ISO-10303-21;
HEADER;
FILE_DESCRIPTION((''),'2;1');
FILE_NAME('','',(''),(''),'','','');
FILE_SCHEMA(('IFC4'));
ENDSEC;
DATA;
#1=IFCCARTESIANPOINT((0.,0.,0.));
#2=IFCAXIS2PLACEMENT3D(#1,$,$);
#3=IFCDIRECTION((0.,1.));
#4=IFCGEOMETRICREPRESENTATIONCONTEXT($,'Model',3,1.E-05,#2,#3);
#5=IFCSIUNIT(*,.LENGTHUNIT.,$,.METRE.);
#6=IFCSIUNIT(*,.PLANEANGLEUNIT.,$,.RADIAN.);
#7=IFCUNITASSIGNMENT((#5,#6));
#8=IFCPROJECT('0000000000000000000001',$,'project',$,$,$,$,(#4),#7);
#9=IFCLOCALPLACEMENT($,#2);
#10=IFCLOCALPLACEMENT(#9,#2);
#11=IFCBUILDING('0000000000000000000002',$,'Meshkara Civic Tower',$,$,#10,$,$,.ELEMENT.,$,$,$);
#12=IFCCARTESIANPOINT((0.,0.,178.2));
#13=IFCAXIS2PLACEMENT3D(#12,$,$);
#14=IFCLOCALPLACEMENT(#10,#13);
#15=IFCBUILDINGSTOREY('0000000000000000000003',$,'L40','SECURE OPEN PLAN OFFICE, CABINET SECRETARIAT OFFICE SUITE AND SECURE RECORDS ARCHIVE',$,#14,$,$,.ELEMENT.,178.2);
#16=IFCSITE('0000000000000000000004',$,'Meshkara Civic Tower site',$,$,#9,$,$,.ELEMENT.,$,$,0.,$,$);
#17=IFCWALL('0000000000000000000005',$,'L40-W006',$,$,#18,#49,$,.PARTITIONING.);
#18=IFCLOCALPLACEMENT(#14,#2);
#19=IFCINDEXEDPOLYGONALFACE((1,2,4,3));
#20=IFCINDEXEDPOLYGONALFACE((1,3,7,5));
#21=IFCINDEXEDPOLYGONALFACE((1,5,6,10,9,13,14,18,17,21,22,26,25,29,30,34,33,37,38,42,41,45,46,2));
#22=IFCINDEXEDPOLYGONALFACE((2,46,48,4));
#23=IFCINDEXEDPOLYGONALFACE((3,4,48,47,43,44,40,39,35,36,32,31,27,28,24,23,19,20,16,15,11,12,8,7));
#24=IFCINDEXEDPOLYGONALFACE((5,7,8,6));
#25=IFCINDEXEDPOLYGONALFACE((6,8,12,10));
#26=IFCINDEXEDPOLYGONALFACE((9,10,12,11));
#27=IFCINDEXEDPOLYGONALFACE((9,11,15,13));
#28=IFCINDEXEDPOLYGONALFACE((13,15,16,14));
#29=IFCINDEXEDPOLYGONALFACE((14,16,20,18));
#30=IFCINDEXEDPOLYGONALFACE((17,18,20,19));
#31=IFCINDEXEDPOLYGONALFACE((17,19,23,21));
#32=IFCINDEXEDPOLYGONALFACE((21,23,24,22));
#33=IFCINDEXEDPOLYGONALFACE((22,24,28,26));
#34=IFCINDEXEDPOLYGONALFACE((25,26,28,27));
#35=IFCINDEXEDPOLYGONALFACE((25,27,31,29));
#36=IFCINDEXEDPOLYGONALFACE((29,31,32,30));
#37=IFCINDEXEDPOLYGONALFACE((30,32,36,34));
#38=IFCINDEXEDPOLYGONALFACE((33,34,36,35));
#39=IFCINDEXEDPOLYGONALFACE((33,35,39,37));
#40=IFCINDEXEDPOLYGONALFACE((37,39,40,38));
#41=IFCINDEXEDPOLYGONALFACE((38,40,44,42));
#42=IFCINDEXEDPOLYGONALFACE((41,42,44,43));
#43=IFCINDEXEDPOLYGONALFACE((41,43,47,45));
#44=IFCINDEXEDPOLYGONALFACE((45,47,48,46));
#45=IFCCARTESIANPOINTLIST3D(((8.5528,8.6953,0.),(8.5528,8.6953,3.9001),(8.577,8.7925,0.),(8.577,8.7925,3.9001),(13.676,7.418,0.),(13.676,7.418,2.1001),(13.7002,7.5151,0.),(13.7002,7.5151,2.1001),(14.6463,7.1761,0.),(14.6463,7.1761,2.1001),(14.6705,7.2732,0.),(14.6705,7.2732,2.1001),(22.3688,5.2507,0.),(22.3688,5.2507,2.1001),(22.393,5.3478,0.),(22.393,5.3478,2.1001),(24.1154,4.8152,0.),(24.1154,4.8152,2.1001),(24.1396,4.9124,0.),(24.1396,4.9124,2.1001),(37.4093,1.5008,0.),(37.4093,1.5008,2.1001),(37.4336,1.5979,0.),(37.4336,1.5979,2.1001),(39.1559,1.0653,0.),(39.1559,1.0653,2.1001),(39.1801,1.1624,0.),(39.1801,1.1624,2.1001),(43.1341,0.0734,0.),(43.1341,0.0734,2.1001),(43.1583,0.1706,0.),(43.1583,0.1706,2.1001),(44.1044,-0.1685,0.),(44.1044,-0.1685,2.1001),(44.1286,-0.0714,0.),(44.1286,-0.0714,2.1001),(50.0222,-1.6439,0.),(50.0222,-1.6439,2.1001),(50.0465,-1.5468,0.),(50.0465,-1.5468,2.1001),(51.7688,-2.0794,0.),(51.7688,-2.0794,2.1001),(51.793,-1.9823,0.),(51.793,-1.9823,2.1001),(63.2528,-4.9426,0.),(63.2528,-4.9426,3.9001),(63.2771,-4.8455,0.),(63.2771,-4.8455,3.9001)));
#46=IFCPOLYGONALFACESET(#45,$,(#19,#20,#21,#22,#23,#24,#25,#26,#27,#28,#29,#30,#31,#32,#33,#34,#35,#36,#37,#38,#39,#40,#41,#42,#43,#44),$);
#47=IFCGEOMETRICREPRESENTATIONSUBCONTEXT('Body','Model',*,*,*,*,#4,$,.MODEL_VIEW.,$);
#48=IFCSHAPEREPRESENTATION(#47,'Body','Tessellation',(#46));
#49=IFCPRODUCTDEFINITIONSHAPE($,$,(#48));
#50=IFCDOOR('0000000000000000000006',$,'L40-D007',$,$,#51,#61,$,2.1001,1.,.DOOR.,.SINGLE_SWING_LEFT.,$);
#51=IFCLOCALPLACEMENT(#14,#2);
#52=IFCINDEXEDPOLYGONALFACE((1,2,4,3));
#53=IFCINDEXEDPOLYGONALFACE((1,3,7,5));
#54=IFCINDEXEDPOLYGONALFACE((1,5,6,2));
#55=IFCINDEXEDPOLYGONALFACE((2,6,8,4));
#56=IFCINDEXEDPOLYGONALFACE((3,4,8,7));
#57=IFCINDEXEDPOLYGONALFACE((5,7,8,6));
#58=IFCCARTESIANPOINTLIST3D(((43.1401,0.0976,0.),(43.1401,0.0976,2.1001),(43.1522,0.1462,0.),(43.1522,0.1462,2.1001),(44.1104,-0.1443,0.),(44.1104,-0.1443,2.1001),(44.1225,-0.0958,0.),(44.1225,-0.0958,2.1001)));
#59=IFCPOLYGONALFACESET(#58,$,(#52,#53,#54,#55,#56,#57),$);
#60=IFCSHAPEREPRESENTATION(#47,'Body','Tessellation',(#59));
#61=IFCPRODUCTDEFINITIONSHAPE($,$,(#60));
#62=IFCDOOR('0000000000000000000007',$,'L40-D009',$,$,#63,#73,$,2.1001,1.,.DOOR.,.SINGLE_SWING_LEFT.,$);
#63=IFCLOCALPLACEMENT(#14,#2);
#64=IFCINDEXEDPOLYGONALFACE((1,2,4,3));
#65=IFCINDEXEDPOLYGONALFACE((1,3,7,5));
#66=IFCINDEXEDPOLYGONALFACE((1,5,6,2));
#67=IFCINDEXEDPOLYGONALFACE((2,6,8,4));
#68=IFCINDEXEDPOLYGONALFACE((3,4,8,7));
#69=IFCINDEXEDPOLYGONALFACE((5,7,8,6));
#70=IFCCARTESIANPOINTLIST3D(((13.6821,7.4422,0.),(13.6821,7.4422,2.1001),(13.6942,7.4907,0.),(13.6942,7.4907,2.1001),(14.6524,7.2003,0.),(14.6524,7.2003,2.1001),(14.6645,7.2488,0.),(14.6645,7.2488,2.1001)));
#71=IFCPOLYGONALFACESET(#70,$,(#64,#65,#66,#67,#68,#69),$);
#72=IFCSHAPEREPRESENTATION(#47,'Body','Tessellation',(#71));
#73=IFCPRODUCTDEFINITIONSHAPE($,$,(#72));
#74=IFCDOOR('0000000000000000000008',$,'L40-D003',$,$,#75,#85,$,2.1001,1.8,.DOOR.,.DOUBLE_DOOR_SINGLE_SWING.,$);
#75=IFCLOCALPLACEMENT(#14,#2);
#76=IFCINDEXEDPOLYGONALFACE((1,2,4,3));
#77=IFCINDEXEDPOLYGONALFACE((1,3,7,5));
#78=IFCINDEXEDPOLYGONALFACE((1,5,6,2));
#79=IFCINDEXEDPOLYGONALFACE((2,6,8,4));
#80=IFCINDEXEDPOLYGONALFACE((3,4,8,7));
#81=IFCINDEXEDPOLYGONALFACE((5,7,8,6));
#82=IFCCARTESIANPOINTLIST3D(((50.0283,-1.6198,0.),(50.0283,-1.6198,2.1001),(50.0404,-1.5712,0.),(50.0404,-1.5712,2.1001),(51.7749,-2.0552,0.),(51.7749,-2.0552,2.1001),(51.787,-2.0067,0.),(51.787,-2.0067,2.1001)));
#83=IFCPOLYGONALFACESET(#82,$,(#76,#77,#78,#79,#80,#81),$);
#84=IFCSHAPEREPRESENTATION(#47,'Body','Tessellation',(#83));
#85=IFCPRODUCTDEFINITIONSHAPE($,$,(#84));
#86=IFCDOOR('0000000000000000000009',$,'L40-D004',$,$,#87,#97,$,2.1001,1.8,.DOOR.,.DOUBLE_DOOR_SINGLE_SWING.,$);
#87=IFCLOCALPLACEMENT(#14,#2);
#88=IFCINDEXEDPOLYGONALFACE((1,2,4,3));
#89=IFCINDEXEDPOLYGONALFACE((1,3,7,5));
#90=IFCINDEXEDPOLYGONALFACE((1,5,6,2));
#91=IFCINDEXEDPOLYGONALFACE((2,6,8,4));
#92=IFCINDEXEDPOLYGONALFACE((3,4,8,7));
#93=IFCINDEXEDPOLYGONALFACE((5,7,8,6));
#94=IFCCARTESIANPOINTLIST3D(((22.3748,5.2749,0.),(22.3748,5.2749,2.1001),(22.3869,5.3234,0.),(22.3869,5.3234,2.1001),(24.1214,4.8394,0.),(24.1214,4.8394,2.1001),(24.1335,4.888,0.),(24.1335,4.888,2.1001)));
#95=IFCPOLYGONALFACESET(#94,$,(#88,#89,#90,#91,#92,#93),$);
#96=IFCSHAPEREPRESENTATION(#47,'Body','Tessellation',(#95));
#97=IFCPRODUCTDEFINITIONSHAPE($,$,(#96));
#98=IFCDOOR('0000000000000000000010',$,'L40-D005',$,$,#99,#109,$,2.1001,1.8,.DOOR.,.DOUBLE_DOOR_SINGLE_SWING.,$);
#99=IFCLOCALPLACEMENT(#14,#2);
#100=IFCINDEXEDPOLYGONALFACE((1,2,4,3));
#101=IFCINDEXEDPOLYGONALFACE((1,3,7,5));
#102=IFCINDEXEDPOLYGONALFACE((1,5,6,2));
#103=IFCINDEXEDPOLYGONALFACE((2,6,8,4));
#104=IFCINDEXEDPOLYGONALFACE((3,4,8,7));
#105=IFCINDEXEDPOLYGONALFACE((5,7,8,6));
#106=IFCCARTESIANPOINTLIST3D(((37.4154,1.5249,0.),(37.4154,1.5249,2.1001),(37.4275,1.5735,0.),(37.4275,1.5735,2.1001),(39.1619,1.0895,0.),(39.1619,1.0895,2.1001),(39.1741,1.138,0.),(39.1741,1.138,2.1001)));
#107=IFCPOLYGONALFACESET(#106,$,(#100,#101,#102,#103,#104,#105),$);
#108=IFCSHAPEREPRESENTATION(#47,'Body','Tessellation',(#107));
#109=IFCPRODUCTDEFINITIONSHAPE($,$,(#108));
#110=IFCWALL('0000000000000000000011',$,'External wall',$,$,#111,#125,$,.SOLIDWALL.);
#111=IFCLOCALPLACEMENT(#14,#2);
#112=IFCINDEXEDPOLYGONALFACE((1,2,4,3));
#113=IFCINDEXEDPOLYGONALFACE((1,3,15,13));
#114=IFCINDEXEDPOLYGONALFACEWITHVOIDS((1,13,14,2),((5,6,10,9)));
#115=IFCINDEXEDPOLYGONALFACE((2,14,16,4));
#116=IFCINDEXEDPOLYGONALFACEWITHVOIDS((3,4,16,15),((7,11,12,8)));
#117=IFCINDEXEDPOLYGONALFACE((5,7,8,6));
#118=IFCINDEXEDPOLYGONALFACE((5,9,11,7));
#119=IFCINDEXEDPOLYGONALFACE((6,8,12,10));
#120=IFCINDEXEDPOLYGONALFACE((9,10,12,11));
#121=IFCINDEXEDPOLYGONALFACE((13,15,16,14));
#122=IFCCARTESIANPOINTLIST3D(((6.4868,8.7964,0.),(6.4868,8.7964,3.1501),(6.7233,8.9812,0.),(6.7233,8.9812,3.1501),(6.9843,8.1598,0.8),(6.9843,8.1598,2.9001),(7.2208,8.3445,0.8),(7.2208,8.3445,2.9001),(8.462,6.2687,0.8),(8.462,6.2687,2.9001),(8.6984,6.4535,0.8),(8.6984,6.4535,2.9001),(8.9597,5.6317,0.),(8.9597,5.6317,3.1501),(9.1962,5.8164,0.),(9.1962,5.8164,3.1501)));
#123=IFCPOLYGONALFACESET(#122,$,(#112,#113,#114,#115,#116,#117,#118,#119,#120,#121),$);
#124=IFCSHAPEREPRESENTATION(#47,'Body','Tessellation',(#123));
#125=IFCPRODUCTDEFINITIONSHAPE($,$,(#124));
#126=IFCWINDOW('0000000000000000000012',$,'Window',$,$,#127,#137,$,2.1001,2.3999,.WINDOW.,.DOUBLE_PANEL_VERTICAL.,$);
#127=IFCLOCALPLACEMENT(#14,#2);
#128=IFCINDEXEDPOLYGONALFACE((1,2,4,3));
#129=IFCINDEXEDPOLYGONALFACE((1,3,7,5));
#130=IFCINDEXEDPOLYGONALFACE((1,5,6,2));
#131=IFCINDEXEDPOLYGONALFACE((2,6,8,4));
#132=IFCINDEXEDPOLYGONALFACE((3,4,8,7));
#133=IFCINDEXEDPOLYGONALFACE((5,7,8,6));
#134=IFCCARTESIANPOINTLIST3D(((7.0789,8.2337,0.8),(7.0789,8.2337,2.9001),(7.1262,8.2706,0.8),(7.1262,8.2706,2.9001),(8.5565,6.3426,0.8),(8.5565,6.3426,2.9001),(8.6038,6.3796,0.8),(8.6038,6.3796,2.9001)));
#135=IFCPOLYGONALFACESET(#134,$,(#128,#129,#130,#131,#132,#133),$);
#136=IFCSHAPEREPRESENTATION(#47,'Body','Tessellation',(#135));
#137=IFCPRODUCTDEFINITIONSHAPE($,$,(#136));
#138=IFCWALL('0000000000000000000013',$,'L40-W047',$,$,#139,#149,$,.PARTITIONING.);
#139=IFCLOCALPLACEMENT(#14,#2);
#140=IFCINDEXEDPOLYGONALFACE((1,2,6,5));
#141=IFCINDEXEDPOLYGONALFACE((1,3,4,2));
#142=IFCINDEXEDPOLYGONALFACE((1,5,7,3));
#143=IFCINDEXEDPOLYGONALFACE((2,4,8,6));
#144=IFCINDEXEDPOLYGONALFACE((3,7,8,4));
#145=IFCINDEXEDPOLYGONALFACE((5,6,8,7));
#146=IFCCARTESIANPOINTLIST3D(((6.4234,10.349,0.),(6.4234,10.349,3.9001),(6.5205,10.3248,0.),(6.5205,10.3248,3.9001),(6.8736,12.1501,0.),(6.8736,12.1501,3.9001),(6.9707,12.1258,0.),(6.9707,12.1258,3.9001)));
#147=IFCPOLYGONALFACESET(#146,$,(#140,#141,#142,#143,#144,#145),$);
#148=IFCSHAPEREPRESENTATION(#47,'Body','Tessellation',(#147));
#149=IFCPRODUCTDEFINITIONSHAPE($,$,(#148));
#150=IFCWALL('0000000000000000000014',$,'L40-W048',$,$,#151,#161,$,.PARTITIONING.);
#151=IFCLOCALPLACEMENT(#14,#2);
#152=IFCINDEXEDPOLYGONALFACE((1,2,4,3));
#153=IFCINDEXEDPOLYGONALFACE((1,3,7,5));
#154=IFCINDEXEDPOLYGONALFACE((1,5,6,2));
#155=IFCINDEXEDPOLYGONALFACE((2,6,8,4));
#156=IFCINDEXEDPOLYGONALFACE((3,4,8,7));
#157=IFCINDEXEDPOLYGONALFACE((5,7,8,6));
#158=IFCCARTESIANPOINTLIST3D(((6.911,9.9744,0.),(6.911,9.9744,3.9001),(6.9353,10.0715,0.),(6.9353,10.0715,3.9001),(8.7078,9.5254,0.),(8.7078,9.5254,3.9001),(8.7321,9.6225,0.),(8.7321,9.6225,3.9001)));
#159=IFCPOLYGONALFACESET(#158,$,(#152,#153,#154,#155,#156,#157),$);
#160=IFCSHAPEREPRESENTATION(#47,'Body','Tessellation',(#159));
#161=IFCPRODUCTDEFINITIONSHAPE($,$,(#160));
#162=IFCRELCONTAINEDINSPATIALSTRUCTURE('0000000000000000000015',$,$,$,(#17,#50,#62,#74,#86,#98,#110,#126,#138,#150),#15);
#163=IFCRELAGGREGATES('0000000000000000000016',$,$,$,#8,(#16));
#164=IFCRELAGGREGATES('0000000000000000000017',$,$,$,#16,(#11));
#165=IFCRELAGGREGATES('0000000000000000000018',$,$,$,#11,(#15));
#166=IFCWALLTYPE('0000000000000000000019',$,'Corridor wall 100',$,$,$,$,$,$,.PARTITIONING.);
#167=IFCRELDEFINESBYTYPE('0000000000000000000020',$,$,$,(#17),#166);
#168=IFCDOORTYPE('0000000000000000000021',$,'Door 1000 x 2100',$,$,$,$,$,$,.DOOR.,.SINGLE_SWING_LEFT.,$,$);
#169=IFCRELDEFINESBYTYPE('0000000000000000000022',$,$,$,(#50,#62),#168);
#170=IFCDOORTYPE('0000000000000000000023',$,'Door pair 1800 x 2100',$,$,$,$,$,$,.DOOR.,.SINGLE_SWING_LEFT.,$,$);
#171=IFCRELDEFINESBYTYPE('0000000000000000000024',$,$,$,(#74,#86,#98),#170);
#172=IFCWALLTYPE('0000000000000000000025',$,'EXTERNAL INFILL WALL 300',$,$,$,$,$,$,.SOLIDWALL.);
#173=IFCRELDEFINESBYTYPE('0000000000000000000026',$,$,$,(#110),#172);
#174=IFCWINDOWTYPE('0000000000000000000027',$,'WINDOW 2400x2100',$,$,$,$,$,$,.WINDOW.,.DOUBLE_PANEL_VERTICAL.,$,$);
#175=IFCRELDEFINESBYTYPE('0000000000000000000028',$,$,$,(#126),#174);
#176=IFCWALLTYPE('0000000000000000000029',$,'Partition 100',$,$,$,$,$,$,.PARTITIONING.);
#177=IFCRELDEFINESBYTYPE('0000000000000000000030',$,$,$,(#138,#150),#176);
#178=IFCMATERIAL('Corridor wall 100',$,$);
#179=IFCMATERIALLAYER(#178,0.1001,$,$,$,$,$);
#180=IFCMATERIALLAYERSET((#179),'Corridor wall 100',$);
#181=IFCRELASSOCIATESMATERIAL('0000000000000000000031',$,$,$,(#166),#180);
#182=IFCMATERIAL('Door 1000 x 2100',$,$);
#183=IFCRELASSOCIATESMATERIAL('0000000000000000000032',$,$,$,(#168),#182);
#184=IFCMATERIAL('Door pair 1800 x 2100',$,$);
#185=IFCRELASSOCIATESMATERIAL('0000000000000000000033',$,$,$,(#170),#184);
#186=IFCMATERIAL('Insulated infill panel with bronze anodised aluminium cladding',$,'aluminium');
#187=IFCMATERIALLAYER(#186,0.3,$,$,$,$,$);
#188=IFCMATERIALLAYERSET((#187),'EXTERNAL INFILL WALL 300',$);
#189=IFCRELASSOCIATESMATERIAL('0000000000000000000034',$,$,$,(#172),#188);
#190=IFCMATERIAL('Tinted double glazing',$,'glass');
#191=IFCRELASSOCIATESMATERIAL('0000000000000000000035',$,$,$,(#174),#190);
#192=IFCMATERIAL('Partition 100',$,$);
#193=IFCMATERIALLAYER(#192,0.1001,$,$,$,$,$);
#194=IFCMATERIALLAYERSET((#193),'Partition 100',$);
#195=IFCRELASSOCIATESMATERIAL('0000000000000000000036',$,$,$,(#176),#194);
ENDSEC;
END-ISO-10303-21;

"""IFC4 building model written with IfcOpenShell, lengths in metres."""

from ifc_helpers import new_model, si_unit, direction, frame, frame_2d, origin, place, context, subcontext, project, spatial, rectangle, extrude, material, layer, layer_set, type_object, element, fill, save


model = new_model("IFC4")

# Units and contexts
model_context = context("Model", 3, precision=1e-05, world=origin(), true_north=direction((0.0, 1.0)))
body_context = subcontext(model_context, "Body", "Model", "MODEL_VIEW")
ifc_project = project(units=[si_unit("LENGTHUNIT", "METRE"), si_unit("PLANEANGLEUNIT", "RADIAN")], contexts=[model_context])

# Site, building, storey
site_placement = place(None, origin())
site = spatial("IfcSite", under=ifc_project, at=site_placement, Name="Meshkara Civic Tower site", CompositionType="ELEMENT", RefElevation=0.0)
building_placement = place(site_placement, origin())
building = spatial("IfcBuilding", under=site, at=building_placement, Name="Meshkara Civic Tower", CompositionType="ELEMENT")
storey_placement = place(building_placement, frame((0.0, 0.0, 178.2)))
storey = spatial("IfcBuildingStorey", under=building, at=storey_placement, Name="L40", Description="SECURE OPEN PLAN OFFICE, CABINET SECRETARIAT OFFICE SUITE AND SECURE RECORDS ARCHIVE", CompositionType="ELEMENT", Elevation=178.2)

# Shared definitions
ifc_material_1 = material(Name="Corridor wall 100")
ifc_layer_1 = layer(ifc_material_1, 0.1001)
ifc_layer_set_1 = layer_set([ifc_layer_1], Name="Corridor wall 100")
wall_type_1 = type_object("IfcWallType", Name="Corridor wall 100", PredefinedType="PARTITIONING", material=ifc_layer_set_1)
ifc_material_2 = material(Name="Door 1000 x 2100")
door_type_1 = type_object("IfcDoorType", Name="Door 1000 x 2100", OperationType="SINGLE_SWING_LEFT", PredefinedType="DOOR", material=ifc_material_2)

# Wall, openings, doors
wall_1_placement = place(storey_placement, frame((8.5649, 8.7439, 0.0), z_axis=(0.0, 0.0, 1.0), x_axis=(0.970297, -0.241917, 0.0)))
wall_1 = element("IfcWall", 1, at=wall_1_placement, inside=storey, type_object=wall_type_1, Name="L40-W006", PredefinedType="PARTITIONING", context=body_context, shape_type="SweptSolid", body=[
    extrude(rectangle(XDim=56.3745, YDim=0.1001, at=frame_2d((28.1873, 0.0))), origin(), (0.0, 0.0, 1.0), 3.9001),
])
opening_1_placement = place(wall_1_placement, frame((42.739, 0.0, 0.0)))
opening_1 = element("IfcOpeningElement", 2, at=opening_1_placement, cuts=wall_1, PredefinedType="OPENING", context=body_context, shape_type="SweptSolid", body=[
    extrude(rectangle(XDim=1.8, YDim=2.1001, at=frame_2d((0.8999, 1.05))), frame((0.0, 0.0601, 0.0), z_axis=(0.0, -1.0, 0.0), x_axis=(1.0, 0.0, 0.0)), (0.0, 0.0, 1.0), 0.1201),
])
opening_2_placement = place(wall_1_placement, frame((14.239, 0.0, 0.0)))
opening_2 = element("IfcOpeningElement", 3, at=opening_2_placement, cuts=wall_1, PredefinedType="OPENING", context=body_context, shape_type="SweptSolid", body=[
    extrude(rectangle(XDim=1.8, YDim=2.1001, at=frame_2d((0.8999, 1.05))), frame((0.0, 0.0601, 0.0), z_axis=(0.0, -1.0, 0.0), x_axis=(1.0, 0.0, 0.0)), (0.0, 0.0, 1.0), 0.1201),
])
opening_3_placement = place(wall_1_placement, frame((29.74, 0.0, 0.0)))
opening_3 = element("IfcOpeningElement", 4, at=opening_3_placement, cuts=wall_1, PredefinedType="OPENING", context=body_context, shape_type="SweptSolid", body=[
    extrude(rectangle(XDim=1.8, YDim=2.1001, at=frame_2d((0.8999, 1.05))), frame((0.0, 0.0601, 0.0), z_axis=(0.0, -1.0, 0.0), x_axis=(1.0, 0.0, 0.0)), (0.0, 0.0, 1.0), 0.1201),
])
opening_4_placement = place(wall_1_placement, frame((35.6399, 0.0, 0.0)))
opening_4 = element("IfcOpeningElement", 5, at=opening_4_placement, cuts=wall_1, PredefinedType="OPENING", context=body_context, shape_type="SweptSolid", body=[
    extrude(rectangle(XDim=1.0, YDim=2.1001, at=frame_2d((0.5, 1.05))), frame((0.0, 0.0601, 0.0), z_axis=(0.0, -1.0, 0.0), x_axis=(1.0, 0.0, 0.0)), (0.0, 0.0, 1.0), 0.1201),
])
opening_5_placement = place(wall_1_placement, frame((5.28, 0.0, 0.0)))
opening_5 = element("IfcOpeningElement", 6, at=opening_5_placement, cuts=wall_1, PredefinedType="OPENING", context=body_context, shape_type="SweptSolid", body=[
    extrude(rectangle(XDim=1.0, YDim=2.1001, at=frame_2d((0.5, 1.05))), frame((0.0, 0.0601, 0.0), z_axis=(0.0, -1.0, 0.0), x_axis=(1.0, 0.0, 0.0)), (0.0, 0.0, 1.0), 0.1201),
])
door_1_placement = place(opening_4_placement, origin())
door_1 = element("IfcDoor", 7, at=door_1_placement, inside=storey, type_object=door_type_1, Name="L40-D007", OperationType="SINGLE_SWING_LEFT", OverallHeight=2.1001, OverallWidth=1.0, PredefinedType="DOOR", context=body_context, shape_type="SweptSolid", body=[
    extrude(rectangle(XDim=1.0, YDim=2.1001, at=frame_2d((0.5, 1.05))), frame((0.0, 0.0249, 0.0), z_axis=(0.0, -1.0, 0.0), x_axis=(1.0, 0.0, 0.0)), (0.0, 0.0, 1.0), 0.05),
])
fill(opening_4, door_1)
door_2_placement = place(opening_5_placement, origin())
door_2 = element("IfcDoor", 8, at=door_2_placement, inside=storey, type_object=door_type_1, Name="L40-D009", OperationType="SINGLE_SWING_LEFT", OverallHeight=2.1001, OverallWidth=1.0, PredefinedType="DOOR", context=body_context, shape_type="SweptSolid", body=[
    extrude(rectangle(XDim=1.0, YDim=2.1001, at=frame_2d((0.5, 1.05))), frame((0.0, 0.0249, 0.0), z_axis=(0.0, -1.0, 0.0), x_axis=(1.0, 0.0, 0.0)), (0.0, 0.0, 1.0), 0.05),
])
fill(opening_5, door_2)
ifc_material_3 = material(Name="Door pair 1800 x 2100")
door_type_2 = type_object("IfcDoorType", Name="Door pair 1800 x 2100", OperationType="SINGLE_SWING_LEFT", PredefinedType="DOOR", material=ifc_material_3)
door_3_placement = place(opening_1_placement, origin())
door_3 = element("IfcDoor", 9, at=door_3_placement, inside=storey, type_object=door_type_2, Name="L40-D003", OperationType="DOUBLE_DOOR_SINGLE_SWING", OverallHeight=2.1001, OverallWidth=1.8, PredefinedType="DOOR", context=body_context, shape_type="SweptSolid", body=[
    extrude(rectangle(XDim=1.8, YDim=2.1001, at=frame_2d((0.8999, 1.05))), frame((0.0, 0.0249, 0.0), z_axis=(0.0, -1.0, 0.0), x_axis=(1.0, 0.0, 0.0)), (0.0, 0.0, 1.0), 0.05),
])
fill(opening_1, door_3)
door_4_placement = place(opening_2_placement, origin())
door_4 = element("IfcDoor", 10, at=door_4_placement, inside=storey, type_object=door_type_2, Name="L40-D004", OperationType="DOUBLE_DOOR_SINGLE_SWING", OverallHeight=2.1001, OverallWidth=1.8, PredefinedType="DOOR", context=body_context, shape_type="SweptSolid", body=[
    extrude(rectangle(XDim=1.8, YDim=2.1001, at=frame_2d((0.8999, 1.05))), frame((0.0, 0.0249, 0.0), z_axis=(0.0, -1.0, 0.0), x_axis=(1.0, 0.0, 0.0)), (0.0, 0.0, 1.0), 0.05),
])
fill(opening_2, door_4)
door_5_placement = place(opening_3_placement, origin())
door_5 = element("IfcDoor", 11, at=door_5_placement, inside=storey, type_object=door_type_2, Name="L40-D005", OperationType="DOUBLE_DOOR_SINGLE_SWING", OverallHeight=2.1001, OverallWidth=1.8, PredefinedType="DOOR", context=body_context, shape_type="SweptSolid", body=[
    extrude(rectangle(XDim=1.8, YDim=2.1001, at=frame_2d((0.8999, 1.05))), frame((0.0, 0.0249, 0.0), z_axis=(0.0, -1.0, 0.0), x_axis=(1.0, 0.0, 0.0)), (0.0, 0.0, 1.0), 0.05),
])
fill(opening_3, door_5)

# Wall, opening, window
ifc_material_4 = material(Name="Insulated infill panel with bronze anodised aluminium cladding", Category="aluminium")
ifc_layer_2 = layer(ifc_material_4, 0.3)
ifc_layer_set_2 = layer_set([ifc_layer_2], Name="EXTERNAL INFILL WALL 300")
wall_type_2 = type_object("IfcWallType", Name="EXTERNAL INFILL WALL 300", PredefinedType="SOLIDWALL", material=ifc_layer_set_2)
wall_2_placement = place(storey_placement, frame((6.605, 8.8889, 0.0), z_axis=(0.0, 0.0, 1.0), x_axis=(0.615707, -0.787976, 0.0)))
wall_2 = element("IfcWall", 12, at=wall_2_placement, inside=storey, type_object=wall_type_2, Name="External wall", PredefinedType="SOLIDWALL", context=body_context, shape_type="SweptSolid", body=[
    extrude(rectangle(XDim=4.0164, YDim=0.3, at=frame_2d((2.0083, 0.0))), origin(), (0.0, 0.0, 1.0), 3.1501),
])
opening_6_placement = place(wall_2_placement, frame((0.8081, 0.0, 0.8)))
opening_6 = element("IfcOpeningElement", 13, at=opening_6_placement, cuts=wall_2, PredefinedType="OPENING", context=body_context, shape_type="SweptSolid", body=[
    extrude(rectangle(XDim=2.3999, YDim=2.1001, at=frame_2d((1.2, 1.05))), frame((0.0, 0.1599, 0.0), z_axis=(0.0, -1.0, 0.0), x_axis=(1.0, 0.0, 0.0)), (0.0, 0.0, 1.0), 0.3201),
])
ifc_material_5 = material(Name="Tinted double glazing", Category="glass")
window_type = type_object("IfcWindowType", Name="WINDOW 2400x2100", PartitioningType="DOUBLE_PANEL_VERTICAL", PredefinedType="WINDOW", material=ifc_material_5)
window_placement = place(opening_6_placement, origin())
window = element("IfcWindow", 14, at=window_placement, inside=storey, type_object=window_type, Name="Window", OverallHeight=2.1001, OverallWidth=2.3999, PartitioningType="DOUBLE_PANEL_VERTICAL", PredefinedType="WINDOW", context=body_context, shape_type="SweptSolid", body=[
    extrude(rectangle(XDim=2.3999, YDim=2.1001, at=frame_2d((1.2, 1.05))), frame((0.0, 0.03, 0.0), z_axis=(0.0, -1.0, 0.0), x_axis=(1.0, 0.0, 0.0)), (0.0, 0.0, 1.0), 0.0601),
])
fill(opening_6, window)

# Walls
ifc_material_6 = material(Name="Partition 100")
ifc_layer_3 = layer(ifc_material_6, 0.1001)
ifc_layer_set_3 = layer_set([ifc_layer_3], Name="Partition 100")
wall_type_3 = type_object("IfcWallType", Name="Partition 100", PredefinedType="PARTITIONING", material=ifc_layer_set_3)
wall_3_placement = place(storey_placement, frame((6.9221, 12.1379, 0.0), z_axis=(0.0, 0.0, 1.0), x_axis=(-0.242505, -0.97015, 0.0)))
element("IfcWall", 15, at=wall_3_placement, inside=storey, type_object=wall_type_3, Name="L40-W047", PredefinedType="PARTITIONING", context=body_context, shape_type="SweptSolid", body=[
    extrude(rectangle(XDim=1.8564, YDim=0.1001, at=frame_2d((0.9282, 0.0))), origin(), (0.0, 0.0, 1.0), 3.9001),
])
wall_4_placement = place(storey_placement, frame((8.72, 9.574, 0.0), z_axis=(0.0, 0.0, 1.0), x_axis=(-0.970174, 0.242412, 0.0)))
element("IfcWall", 16, at=wall_4_placement, inside=storey, type_object=wall_type_3, Name="L40-W048", PredefinedType="PARTITIONING", context=body_context, shape_type="SweptSolid", body=[
    extrude(rectangle(XDim=1.8521, YDim=0.1001, at=frame_2d((0.926, 0.0))), origin(), (0.0, 0.0, 1.0), 3.9001),
])

save(model, "model.ifc")
